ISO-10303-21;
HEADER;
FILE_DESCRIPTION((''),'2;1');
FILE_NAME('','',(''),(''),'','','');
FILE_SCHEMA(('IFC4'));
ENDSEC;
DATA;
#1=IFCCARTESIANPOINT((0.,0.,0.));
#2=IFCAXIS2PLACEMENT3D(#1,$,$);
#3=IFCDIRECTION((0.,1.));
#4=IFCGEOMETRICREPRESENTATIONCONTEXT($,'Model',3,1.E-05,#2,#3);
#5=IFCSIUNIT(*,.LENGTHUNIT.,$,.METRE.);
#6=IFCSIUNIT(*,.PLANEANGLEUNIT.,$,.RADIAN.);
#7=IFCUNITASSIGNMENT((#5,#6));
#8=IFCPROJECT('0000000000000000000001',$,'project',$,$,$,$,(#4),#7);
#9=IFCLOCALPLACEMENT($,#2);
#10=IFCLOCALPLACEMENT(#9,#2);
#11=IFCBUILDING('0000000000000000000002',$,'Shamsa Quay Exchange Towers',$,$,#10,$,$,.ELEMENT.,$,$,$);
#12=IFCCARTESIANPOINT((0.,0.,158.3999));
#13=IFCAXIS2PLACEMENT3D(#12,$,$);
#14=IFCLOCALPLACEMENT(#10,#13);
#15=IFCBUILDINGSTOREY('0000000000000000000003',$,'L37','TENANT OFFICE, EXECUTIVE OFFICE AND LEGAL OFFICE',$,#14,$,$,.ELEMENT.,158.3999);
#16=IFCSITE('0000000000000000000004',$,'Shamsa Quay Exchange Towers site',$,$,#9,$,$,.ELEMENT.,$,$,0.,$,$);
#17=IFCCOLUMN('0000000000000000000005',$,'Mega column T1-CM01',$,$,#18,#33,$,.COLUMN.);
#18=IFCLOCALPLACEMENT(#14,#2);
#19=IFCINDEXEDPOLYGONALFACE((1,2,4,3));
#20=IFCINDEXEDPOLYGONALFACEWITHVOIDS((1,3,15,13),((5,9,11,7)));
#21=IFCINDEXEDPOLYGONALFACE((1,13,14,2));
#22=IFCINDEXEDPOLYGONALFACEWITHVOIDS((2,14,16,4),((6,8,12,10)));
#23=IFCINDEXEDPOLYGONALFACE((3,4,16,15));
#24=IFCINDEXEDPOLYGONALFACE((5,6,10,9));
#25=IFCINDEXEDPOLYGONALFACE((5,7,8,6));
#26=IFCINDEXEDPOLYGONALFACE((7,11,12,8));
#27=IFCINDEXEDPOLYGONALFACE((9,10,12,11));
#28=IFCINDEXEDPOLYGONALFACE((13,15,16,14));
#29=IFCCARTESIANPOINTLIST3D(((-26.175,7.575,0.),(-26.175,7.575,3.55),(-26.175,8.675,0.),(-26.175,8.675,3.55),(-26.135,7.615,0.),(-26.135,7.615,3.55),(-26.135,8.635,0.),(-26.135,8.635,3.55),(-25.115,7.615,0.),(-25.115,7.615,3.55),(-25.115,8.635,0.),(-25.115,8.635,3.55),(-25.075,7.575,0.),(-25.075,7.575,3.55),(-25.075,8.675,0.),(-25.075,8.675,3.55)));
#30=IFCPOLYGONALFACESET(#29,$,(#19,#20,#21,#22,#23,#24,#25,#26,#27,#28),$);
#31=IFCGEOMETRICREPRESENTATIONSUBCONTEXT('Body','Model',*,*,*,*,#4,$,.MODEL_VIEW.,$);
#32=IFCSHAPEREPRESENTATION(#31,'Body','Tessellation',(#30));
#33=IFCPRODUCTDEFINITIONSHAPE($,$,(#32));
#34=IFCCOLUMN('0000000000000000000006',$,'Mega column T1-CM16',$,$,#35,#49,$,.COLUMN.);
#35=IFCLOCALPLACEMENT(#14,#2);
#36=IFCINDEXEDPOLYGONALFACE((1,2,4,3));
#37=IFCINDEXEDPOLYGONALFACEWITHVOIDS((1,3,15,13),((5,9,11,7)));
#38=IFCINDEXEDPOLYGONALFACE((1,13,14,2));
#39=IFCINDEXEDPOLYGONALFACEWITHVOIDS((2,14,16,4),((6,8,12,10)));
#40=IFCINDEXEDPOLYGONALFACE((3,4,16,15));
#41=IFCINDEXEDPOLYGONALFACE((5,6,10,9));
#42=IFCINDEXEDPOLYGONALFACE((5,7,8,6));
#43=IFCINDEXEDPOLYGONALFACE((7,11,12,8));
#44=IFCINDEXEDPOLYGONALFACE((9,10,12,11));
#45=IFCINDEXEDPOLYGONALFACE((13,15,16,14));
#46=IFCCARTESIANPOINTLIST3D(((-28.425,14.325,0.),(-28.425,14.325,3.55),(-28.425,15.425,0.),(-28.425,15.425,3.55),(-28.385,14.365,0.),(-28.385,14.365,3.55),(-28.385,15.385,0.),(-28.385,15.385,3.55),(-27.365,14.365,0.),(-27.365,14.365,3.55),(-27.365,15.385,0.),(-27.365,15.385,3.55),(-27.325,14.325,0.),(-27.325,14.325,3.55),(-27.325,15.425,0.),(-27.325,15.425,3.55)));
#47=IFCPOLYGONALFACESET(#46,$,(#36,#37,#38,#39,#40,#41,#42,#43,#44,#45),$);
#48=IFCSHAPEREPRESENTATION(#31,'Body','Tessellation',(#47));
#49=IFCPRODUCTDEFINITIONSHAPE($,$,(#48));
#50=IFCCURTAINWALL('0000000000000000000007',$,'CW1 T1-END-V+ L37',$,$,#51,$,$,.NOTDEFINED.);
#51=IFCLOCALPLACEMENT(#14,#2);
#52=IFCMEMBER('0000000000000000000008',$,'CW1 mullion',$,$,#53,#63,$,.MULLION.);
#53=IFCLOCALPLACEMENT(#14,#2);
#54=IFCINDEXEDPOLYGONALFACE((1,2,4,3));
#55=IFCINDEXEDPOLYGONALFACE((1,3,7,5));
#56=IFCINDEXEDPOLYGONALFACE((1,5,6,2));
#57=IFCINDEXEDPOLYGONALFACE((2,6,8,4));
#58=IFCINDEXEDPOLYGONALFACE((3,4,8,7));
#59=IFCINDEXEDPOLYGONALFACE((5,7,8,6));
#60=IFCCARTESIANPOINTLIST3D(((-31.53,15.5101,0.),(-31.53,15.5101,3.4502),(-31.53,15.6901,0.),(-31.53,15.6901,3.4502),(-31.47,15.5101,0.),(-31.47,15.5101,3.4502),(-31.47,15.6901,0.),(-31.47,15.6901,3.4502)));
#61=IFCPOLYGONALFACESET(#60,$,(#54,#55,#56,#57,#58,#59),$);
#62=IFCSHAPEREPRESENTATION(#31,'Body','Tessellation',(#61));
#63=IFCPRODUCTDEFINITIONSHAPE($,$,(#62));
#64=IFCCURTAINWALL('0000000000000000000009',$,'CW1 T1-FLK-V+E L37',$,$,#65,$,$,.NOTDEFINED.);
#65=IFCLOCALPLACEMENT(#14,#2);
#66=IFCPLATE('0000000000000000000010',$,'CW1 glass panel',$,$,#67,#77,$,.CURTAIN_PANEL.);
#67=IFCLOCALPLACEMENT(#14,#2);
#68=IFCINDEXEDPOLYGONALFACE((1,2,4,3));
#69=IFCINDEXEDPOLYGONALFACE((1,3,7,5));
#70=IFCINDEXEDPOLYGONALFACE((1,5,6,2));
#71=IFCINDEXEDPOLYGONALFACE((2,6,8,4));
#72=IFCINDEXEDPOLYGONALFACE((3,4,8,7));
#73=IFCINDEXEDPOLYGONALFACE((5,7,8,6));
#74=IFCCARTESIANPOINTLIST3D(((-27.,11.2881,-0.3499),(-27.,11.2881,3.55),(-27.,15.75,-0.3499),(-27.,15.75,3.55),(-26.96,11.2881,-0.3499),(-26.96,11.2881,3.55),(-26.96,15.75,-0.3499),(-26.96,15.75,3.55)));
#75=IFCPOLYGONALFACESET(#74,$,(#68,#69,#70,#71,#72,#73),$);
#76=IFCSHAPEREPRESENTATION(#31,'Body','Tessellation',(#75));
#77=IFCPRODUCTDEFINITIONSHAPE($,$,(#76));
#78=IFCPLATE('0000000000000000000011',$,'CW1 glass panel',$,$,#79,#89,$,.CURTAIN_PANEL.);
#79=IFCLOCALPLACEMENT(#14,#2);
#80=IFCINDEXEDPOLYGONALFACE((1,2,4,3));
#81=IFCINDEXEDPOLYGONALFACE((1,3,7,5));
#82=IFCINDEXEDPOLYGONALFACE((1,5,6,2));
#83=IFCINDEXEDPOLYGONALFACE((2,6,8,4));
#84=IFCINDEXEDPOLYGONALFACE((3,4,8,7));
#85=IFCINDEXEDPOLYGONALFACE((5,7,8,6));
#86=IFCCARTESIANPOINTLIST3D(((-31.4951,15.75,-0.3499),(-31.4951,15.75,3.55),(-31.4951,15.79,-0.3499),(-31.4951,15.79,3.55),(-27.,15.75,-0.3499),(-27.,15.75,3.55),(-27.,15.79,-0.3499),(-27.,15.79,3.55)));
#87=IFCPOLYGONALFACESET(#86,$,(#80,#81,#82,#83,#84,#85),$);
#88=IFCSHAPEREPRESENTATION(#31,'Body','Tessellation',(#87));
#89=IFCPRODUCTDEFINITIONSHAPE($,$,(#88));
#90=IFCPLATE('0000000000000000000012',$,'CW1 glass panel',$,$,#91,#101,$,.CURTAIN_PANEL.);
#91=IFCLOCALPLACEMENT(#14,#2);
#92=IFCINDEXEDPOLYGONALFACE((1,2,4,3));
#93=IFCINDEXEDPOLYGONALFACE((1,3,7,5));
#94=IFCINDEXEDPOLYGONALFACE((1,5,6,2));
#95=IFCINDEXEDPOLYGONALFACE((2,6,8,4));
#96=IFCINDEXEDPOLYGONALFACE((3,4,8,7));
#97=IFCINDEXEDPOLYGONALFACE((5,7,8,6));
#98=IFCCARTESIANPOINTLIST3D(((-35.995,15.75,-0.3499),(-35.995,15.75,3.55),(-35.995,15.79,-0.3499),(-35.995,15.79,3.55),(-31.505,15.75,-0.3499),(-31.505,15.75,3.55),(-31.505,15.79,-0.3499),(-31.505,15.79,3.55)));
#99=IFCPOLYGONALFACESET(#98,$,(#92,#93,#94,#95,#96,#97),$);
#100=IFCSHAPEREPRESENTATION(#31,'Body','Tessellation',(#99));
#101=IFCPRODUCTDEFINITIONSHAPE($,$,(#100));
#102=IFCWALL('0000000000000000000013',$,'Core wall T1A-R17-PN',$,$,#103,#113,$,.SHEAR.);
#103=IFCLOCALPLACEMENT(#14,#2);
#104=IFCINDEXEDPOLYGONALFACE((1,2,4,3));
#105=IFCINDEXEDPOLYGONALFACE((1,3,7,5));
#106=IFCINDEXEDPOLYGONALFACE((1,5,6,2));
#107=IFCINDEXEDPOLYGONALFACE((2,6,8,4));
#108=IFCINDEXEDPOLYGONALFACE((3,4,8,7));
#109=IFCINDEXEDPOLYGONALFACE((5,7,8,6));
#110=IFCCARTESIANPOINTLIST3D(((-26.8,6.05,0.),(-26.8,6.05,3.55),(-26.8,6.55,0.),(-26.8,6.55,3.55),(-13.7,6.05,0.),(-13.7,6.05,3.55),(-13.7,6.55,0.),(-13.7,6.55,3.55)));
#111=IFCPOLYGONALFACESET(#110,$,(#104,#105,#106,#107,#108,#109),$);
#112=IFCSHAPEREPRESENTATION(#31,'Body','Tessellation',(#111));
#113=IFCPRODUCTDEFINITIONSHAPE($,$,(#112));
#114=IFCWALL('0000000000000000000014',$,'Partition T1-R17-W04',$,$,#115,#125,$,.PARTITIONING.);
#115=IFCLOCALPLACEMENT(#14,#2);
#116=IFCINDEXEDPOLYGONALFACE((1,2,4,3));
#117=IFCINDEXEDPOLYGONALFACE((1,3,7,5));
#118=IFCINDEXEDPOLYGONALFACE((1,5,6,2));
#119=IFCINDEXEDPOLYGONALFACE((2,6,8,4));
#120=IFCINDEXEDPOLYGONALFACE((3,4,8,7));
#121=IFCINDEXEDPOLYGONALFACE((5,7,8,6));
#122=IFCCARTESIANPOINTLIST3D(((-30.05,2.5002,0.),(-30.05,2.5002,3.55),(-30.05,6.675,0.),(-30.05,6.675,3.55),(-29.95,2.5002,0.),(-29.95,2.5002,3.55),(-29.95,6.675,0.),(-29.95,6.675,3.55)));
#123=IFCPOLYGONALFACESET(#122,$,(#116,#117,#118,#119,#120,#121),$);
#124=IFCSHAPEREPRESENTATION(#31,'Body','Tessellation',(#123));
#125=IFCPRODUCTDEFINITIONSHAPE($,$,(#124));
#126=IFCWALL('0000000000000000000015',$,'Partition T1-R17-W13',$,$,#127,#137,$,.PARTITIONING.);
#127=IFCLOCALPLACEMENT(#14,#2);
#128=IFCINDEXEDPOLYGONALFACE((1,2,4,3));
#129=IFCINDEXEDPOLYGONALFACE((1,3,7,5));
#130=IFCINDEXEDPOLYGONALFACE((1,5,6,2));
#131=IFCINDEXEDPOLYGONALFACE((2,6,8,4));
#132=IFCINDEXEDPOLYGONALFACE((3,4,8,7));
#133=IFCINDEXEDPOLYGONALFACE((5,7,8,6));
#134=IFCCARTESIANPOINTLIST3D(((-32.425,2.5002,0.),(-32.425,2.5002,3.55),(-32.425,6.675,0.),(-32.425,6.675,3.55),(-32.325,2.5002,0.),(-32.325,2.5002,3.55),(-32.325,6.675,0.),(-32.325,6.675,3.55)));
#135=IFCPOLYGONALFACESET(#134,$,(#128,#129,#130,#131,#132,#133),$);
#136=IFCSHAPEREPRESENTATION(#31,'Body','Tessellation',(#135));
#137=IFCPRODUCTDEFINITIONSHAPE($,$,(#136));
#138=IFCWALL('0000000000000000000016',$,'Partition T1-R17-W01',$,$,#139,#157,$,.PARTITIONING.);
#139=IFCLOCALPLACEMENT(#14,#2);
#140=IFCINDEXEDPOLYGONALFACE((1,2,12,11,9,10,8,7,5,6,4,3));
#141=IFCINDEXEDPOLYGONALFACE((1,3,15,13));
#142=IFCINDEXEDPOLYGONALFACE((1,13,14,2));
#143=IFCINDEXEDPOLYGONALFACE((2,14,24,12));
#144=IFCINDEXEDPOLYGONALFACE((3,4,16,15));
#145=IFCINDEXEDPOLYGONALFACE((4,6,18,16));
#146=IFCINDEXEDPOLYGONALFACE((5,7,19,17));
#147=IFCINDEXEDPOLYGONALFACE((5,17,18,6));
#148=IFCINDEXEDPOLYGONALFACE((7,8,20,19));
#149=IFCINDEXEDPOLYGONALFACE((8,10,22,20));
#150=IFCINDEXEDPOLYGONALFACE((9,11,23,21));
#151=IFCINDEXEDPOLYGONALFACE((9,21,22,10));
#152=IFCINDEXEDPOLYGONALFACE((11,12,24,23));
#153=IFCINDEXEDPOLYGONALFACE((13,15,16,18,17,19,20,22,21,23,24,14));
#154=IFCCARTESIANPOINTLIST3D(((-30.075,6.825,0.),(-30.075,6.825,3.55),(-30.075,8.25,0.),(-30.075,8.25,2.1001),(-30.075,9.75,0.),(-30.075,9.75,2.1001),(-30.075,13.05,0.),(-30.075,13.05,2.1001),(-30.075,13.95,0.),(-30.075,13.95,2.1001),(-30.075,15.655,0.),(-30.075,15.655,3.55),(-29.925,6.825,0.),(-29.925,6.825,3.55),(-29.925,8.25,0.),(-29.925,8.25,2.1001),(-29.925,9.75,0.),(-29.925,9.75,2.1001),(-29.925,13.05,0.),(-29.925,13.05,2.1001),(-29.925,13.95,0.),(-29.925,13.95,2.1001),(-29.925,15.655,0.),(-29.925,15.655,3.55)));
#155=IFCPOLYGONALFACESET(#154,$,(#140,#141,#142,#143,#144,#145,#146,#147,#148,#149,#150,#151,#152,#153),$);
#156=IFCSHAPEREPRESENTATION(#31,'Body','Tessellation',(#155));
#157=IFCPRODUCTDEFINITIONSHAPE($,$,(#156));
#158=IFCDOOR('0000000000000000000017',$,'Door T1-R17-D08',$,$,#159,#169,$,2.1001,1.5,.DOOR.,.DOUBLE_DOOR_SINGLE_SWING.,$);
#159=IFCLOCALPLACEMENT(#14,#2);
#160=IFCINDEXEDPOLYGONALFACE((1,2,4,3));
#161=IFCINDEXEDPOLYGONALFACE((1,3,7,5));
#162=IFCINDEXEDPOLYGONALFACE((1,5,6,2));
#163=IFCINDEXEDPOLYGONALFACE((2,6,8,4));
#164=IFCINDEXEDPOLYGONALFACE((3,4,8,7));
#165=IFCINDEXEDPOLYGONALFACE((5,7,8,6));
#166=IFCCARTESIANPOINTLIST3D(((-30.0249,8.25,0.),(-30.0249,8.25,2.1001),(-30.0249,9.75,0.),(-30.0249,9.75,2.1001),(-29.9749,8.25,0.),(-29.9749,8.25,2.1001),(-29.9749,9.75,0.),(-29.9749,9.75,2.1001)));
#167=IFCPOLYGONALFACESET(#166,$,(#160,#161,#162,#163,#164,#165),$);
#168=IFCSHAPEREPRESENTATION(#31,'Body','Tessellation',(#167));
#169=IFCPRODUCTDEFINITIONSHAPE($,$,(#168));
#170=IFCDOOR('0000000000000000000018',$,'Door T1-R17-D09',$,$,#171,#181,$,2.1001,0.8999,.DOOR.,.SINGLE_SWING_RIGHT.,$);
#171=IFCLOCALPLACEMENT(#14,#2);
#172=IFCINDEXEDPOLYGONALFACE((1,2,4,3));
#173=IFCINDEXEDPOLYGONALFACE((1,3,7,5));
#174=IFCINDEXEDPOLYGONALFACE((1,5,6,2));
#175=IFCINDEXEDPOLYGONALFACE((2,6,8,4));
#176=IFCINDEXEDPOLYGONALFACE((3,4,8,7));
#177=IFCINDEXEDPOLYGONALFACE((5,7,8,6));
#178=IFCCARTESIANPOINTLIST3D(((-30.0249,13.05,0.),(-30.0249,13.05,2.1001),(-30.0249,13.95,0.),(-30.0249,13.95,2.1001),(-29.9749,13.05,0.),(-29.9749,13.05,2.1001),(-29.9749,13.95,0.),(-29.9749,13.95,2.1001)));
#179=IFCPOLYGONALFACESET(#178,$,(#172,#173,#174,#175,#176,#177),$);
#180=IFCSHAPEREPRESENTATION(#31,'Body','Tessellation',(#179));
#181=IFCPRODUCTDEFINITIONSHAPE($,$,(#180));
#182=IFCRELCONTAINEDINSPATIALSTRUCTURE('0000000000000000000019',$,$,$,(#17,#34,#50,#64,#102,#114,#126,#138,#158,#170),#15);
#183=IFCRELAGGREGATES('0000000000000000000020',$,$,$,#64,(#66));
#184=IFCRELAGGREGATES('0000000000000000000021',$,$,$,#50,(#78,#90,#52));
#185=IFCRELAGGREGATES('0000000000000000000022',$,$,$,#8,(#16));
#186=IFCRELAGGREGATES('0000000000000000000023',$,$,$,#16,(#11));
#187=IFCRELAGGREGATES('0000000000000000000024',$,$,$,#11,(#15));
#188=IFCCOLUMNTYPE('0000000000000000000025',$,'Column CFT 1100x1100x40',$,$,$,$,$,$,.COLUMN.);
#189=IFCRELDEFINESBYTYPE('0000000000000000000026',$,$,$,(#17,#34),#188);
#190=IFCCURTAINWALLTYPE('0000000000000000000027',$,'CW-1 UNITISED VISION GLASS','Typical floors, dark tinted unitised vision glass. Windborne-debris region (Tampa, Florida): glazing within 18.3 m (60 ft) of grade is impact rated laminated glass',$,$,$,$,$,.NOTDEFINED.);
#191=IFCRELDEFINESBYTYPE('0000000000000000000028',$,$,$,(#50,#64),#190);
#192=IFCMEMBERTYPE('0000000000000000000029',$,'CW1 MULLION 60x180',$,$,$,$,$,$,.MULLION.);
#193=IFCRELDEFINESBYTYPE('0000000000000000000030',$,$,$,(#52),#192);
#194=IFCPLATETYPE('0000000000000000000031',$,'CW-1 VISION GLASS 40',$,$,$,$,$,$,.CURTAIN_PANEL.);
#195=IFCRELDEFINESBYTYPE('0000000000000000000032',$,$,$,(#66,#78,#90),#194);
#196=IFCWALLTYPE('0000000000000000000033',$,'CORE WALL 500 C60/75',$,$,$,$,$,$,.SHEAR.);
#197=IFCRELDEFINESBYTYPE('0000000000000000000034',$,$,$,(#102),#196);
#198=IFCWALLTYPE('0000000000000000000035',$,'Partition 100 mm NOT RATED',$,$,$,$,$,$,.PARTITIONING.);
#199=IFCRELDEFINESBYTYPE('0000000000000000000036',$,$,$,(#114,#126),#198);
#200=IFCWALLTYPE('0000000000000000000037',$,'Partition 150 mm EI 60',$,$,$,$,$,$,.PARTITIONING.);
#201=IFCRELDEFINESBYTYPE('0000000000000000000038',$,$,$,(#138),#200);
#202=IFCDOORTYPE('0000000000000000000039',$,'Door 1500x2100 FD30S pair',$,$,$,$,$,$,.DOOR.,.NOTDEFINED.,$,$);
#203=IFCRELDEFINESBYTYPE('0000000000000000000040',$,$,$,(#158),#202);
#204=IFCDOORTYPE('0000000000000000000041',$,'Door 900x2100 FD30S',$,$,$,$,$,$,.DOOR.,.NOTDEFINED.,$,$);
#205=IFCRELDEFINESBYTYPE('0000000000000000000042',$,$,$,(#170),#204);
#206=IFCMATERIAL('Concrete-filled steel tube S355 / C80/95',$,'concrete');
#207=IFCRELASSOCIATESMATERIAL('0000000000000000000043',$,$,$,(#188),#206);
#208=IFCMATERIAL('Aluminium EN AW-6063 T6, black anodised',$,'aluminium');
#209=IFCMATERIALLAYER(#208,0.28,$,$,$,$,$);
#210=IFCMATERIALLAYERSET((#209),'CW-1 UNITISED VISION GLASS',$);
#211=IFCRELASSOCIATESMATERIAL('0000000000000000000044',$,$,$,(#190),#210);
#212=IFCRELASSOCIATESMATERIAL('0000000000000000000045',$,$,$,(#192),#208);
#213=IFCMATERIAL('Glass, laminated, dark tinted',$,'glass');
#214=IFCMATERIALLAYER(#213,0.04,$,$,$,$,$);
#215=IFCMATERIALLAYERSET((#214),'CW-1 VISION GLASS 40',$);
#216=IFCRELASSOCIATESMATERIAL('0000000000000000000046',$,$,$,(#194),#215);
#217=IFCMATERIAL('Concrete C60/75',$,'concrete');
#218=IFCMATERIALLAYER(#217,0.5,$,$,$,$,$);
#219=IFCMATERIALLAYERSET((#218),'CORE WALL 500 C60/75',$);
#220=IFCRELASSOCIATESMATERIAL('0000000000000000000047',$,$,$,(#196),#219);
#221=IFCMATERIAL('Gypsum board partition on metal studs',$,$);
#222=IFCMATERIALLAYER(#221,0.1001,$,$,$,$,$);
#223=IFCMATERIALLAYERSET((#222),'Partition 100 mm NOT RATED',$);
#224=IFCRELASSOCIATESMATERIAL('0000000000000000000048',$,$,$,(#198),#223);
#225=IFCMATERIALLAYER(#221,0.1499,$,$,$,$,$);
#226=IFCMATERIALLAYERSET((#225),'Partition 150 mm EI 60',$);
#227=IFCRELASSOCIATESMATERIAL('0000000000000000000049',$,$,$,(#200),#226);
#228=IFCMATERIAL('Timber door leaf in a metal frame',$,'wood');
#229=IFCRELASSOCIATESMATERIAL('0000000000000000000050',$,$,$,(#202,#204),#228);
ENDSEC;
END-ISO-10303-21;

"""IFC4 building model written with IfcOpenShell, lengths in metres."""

from ifc_helpers import new_model, si_unit, direction, frame, frame_2d, origin, origin_2d, place, context, subcontext, project, spatial, rectangle, hollow_rectangle, extrude, material, layer, layer_set, material_profile, profile_set, type_object, element, fill, aggregate, save


model = new_model("IFC4")

# Units and contexts
model_context = context("Model", 3, precision=1e-05, world=origin(), true_north=direction((0.0, 1.0)))
body_context = subcontext(model_context, "Body", "Model", "MODEL_VIEW")
ifc_project = project(units=[si_unit("LENGTHUNIT", "METRE"), si_unit("PLANEANGLEUNIT", "RADIAN")], contexts=[model_context])

# Site, building, storey
site_placement = place(None, origin())
site = spatial("IfcSite", under=ifc_project, at=site_placement, Name="Shamsa Quay Exchange Towers site", CompositionType="ELEMENT", RefElevation=0.0)
building_placement = place(site_placement, origin())
building = spatial("IfcBuilding", under=site, at=building_placement, Name="Shamsa Quay Exchange Towers", CompositionType="ELEMENT")
storey_placement = place(building_placement, frame((0.0, 0.0, 158.3999)))
storey = spatial("IfcBuildingStorey", under=building, at=storey_placement, Name="L37", Description="TENANT OFFICE, EXECUTIVE OFFICE AND LEGAL OFFICE", CompositionType="ELEMENT", Elevation=158.3999)

# Columns
ifc_material_1 = material(Name="Concrete-filled steel tube S355 / C80/95", Category="concrete")
ifc_material_profile_1 = material_profile(ifc_material_1, hollow_rectangle(XDim=1.1001, YDim=1.1001, WallThickness=0.04, at=origin_2d()), Name="CFT 1100x1100x40")
ifc_profile_set_1 = profile_set([ifc_material_profile_1], Name="Concrete-filled steel tube S355 / C80/95")
column_type = type_object("IfcColumnType", Name="Column CFT 1100x1100x40", PredefinedType="COLUMN", material=ifc_profile_set_1)
for number, where, name in (
    (1, (-25.625, 8.125, 0.0), "Mega column T1-CM01"),
    (2, (-27.875, 14.875, 0.0), "Mega column T1-CM16"),
):
    element("IfcColumn", number, at=place(storey_placement, frame(where)), inside=storey, type_object=column_type, Name=name, PredefinedType="COLUMN", context=body_context, shape_type="SweptSolid", body=[
        extrude(hollow_rectangle(XDim=1.1001, YDim=1.1001, WallThickness=0.04, at=origin_2d()), origin(), (0.0, 0.0, 1.0), 3.55),
    ])

# Curtain wall, member
ifc_material_2 = material(Name="Aluminium EN AW-6063 T6, black anodised", Category="aluminium")
ifc_layer_1 = layer(ifc_material_2, 0.28)
ifc_layer_set_1 = layer_set([ifc_layer_1], Name="CW-1 UNITISED VISION GLASS")
curtain_wall_type = type_object("IfcCurtainWallType", Name="CW-1 UNITISED VISION GLASS", Description="Typical floors, dark tinted unitised vision glass. Windborne-debris region (Tampa, Florida): glazing within 18.3 m (60 ft) of grade is impact rated laminated glass", PredefinedType="NOTDEFINED", material=ifc_layer_set_1)
curtain_wall_1_placement = place(storey_placement, origin())
curtain_wall_1 = element("IfcCurtainWall", 3, at=curtain_wall_1_placement, inside=storey, type_object=curtain_wall_type, Name="CW1 T1-END-V+ L37", PredefinedType="NOTDEFINED")
ifc_material_profile_2 = material_profile(ifc_material_2, rectangle(XDim=0.1799, YDim=0.0601, at=origin_2d()), Name="MU60x180")
ifc_profile_set_2 = profile_set([ifc_material_profile_2], Name="Aluminium EN AW-6063 T6, black anodised")
member_type = type_object("IfcMemberType", Name="CW1 MULLION 60x180", PredefinedType="MULLION", material=ifc_profile_set_2)
member_placement = place(storey_placement, frame((-31.5, 15.6001, 0.0), z_axis=(0.0, 0.0, 1.0), x_axis=(0.0, -1.0, 0.0)))
member = element("IfcMember", 4, at=member_placement, type_object=member_type, Name="CW1 mullion", PredefinedType="MULLION", context=body_context, shape_type="SweptSolid", body=[
    extrude(rectangle(XDim=0.1799, YDim=0.0601, at=origin_2d()), origin(), (0.0, 0.0, 1.0), 3.4502),
])

# Curtain wall, plate
curtain_wall_2_placement = place(storey_placement, origin())
curtain_wall_2 = element("IfcCurtainWall", 5, at=curtain_wall_2_placement, inside=storey, type_object=curtain_wall_type, Name="CW1 T1-FLK-V+E L37", PredefinedType="NOTDEFINED")
ifc_material_3 = material(Name="Glass, laminated, dark tinted", Category="glass")
ifc_layer_2 = layer(ifc_material_3, 0.04)
ifc_layer_set_2 = layer_set([ifc_layer_2], Name="CW-1 VISION GLASS 40")
plate_type = type_object("IfcPlateType", Name="CW-1 VISION GLASS 40", PredefinedType="CURTAIN_PANEL", material=ifc_layer_set_2)
plate_1_placement = place(storey_placement, frame((-26.98, 13.519, -0.3499), z_axis=(0.0, 0.0, 1.0), x_axis=(0.0, 1.0, 0.0)))
plate_1 = element("IfcPlate", 6, at=plate_1_placement, type_object=plate_type, Name="CW1 glass panel", PredefinedType="CURTAIN_PANEL", context=body_context, shape_type="SweptSolid", body=[
    extrude(rectangle(XDim=4.4619, YDim=0.04, at=origin_2d()), origin(), (0.0, 0.0, 1.0), 3.8999),
])
aggregate(curtain_wall_2, [plate_1])

# Plates
plate_2_placement = place(storey_placement, frame((-29.2476, 15.77, -0.3499), z_axis=(0.0, 0.0, 1.0), x_axis=(-1.0, 0.0, 0.0)))
plate_2 = element("IfcPlate", 7, at=plate_2_placement, type_object=plate_type, Name="CW1 glass panel", PredefinedType="CURTAIN_PANEL", context=body_context, shape_type="SweptSolid", body=[
    extrude(rectangle(XDim=4.4951, YDim=0.04, at=origin_2d()), origin(), (0.0, 0.0, 1.0), 3.8999),
])
plate_3_placement = place(storey_placement, frame((-33.75, 15.77, -0.3499), z_axis=(0.0, 0.0, 1.0), x_axis=(-1.0, 0.0, 0.0)))
plate_3 = element("IfcPlate", 8, at=plate_3_placement, type_object=plate_type, Name="CW1 glass panel", PredefinedType="CURTAIN_PANEL", context=body_context, shape_type="SweptSolid", body=[
    extrude(rectangle(XDim=4.49, YDim=0.04, at=origin_2d()), origin(), (0.0, 0.0, 1.0), 3.8999),
])
aggregate(curtain_wall_1, [plate_2, plate_3, member])

# Wall
ifc_material_4 = material(Name="Concrete C60/75", Category="concrete")
ifc_layer_3 = layer(ifc_material_4, 0.5)
ifc_layer_set_3 = layer_set([ifc_layer_3], Name="CORE WALL 500 C60/75")
wall_type_1 = type_object("IfcWallType", Name="CORE WALL 500 C60/75", PredefinedType="SHEAR", material=ifc_layer_set_3)
wall_1_placement = place(storey_placement, frame((-26.8, 6.3, 0.0)))
element("IfcWall", 9, at=wall_1_placement, inside=storey, type_object=wall_type_1, Name="Core wall T1A-R17-PN", PredefinedType="SHEAR", context=body_context, shape_type="SweptSolid", body=[
    extrude(rectangle(XDim=13.1001, YDim=0.5, at=frame_2d((6.55, 0.0))), origin(), (0.0, 0.0, 1.0), 3.55),
])

# Walls
ifc_material_5 = material(Name="Gypsum board partition on metal studs")
ifc_layer_4 = layer(ifc_material_5, 0.1001)
ifc_layer_set_4 = layer_set([ifc_layer_4], Name="Partition 100 mm NOT RATED")
wall_type_2 = type_object("IfcWallType", Name="Partition 100 mm NOT RATED", PredefinedType="PARTITIONING", material=ifc_layer_set_4)
for number, where, z_axis, x_axis, name in (
    (10, (-30.0, 2.5002, 0.0), (0.0, 0.0, 1.0), (0.0, 1.0, 0.0), "Partition T1-R17-W04"),
    (11, (-32.375, 2.5002, 0.0), (0.0, 0.0, 1.0), (0.0, 1.0, 0.0), "Partition T1-R17-W13"),
):
    element("IfcWall", number, at=place(storey_placement, frame(where, z_axis=z_axis, x_axis=x_axis)), inside=storey, type_object=wall_type_2, Name=name, PredefinedType="PARTITIONING", context=body_context, shape_type="SweptSolid", body=[
        extrude(rectangle(XDim=4.1748, YDim=0.1001, at=frame_2d((2.0874, 0.0))), origin(), (0.0, 0.0, 1.0), 3.55),
    ])

# Wall, openings, doors
ifc_layer_5 = layer(ifc_material_5, 0.1499)
ifc_layer_set_5 = layer_set([ifc_layer_5], Name="Partition 150 mm EI 60")
wall_type_3 = type_object("IfcWallType", Name="Partition 150 mm EI 60", PredefinedType="PARTITIONING", material=ifc_layer_set_5)
wall_2_placement = place(storey_placement, frame((-30.0, 6.825, 0.0), z_axis=(0.0, 0.0, 1.0), x_axis=(0.0, 1.0, 0.0)))
wall_2 = element("IfcWall", 12, at=wall_2_placement, inside=storey, type_object=wall_type_3, Name="Partition T1-R17-W01", PredefinedType="PARTITIONING", context=body_context, shape_type="SweptSolid", body=[
    extrude(rectangle(XDim=8.8301, YDim=0.1499, at=frame_2d((4.415, 0.0))), origin(), (0.0, 0.0, 1.0), 3.55),
])
opening_1_placement = place(wall_2_placement, frame((1.425, 0.0, 0.0)))
opening_1 = element("IfcOpeningElement", 13, at=opening_1_placement, cuts=wall_2, PredefinedType="OPENING", context=body_context, shape_type="SweptSolid", body=[
    extrude(rectangle(XDim=1.5, YDim=2.1001, at=frame_2d((0.75, 1.05))), frame((0.0, 0.085, 0.0), z_axis=(0.0, -1.0, 0.0), x_axis=(1.0, 0.0, 0.0)), (0.0, 0.0, 1.0), 0.1699),
])
opening_2_placement = place(wall_2_placement, frame((6.2251, 0.0, 0.0)))
opening_2 = element("IfcOpeningElement", 14, at=opening_2_placement, cuts=wall_2, PredefinedType="OPENING", context=body_context, shape_type="SweptSolid", body=[
    extrude(rectangle(XDim=0.8999, YDim=2.1001, at=frame_2d((0.45, 1.05))), frame((0.0, 0.085, 0.0), z_axis=(0.0, -1.0, 0.0), x_axis=(1.0, 0.0, 0.0)), (0.0, 0.0, 1.0), 0.1699),
])
ifc_material_6 = material(Name="Timber door leaf in a metal frame", Category="wood")
door_type_1 = type_object("IfcDoorType", Name="Door 1500x2100 FD30S pair", OperationType="NOTDEFINED", PredefinedType="DOOR", material=ifc_material_6)
door_1_placement = place(opening_1_placement, origin())
door_1 = element("IfcDoor", 15, at=door_1_placement, inside=storey, type_object=door_type_1, Name="Door T1-R17-D08", OperationType="DOUBLE_DOOR_SINGLE_SWING", OverallHeight=2.1001, OverallWidth=1.5, PredefinedType="DOOR", context=body_context, shape_type="SweptSolid", body=[
    extrude(rectangle(XDim=1.5, YDim=2.1001, at=frame_2d((0.75, 1.05))), frame((0.0, 0.0249, 0.0), z_axis=(0.0, -1.0, 0.0), x_axis=(1.0, 0.0, 0.0)), (0.0, 0.0, 1.0), 0.05),
])
fill(opening_1, door_1)
door_type_2 = type_object("IfcDoorType", Name="Door 900x2100 FD30S", OperationType="NOTDEFINED", PredefinedType="DOOR", material=ifc_material_6)
door_2_placement = place(opening_2_placement, origin())
door_2 = element("IfcDoor", 16, at=door_2_placement, inside=storey, type_object=door_type_2, Name="Door T1-R17-D09", OperationType="SINGLE_SWING_RIGHT", OverallHeight=2.1001, OverallWidth=0.8999, PredefinedType="DOOR", context=body_context, shape_type="SweptSolid", body=[
    extrude(rectangle(XDim=0.8999, YDim=2.1001, at=frame_2d((0.45, 1.05))), frame((0.0, 0.0249, 0.0), z_axis=(0.0, -1.0, 0.0), x_axis=(1.0, 0.0, 0.0)), (0.0, 0.0, 1.0), 0.05),
])
fill(opening_2, door_2)

save(model, "model.ifc")
